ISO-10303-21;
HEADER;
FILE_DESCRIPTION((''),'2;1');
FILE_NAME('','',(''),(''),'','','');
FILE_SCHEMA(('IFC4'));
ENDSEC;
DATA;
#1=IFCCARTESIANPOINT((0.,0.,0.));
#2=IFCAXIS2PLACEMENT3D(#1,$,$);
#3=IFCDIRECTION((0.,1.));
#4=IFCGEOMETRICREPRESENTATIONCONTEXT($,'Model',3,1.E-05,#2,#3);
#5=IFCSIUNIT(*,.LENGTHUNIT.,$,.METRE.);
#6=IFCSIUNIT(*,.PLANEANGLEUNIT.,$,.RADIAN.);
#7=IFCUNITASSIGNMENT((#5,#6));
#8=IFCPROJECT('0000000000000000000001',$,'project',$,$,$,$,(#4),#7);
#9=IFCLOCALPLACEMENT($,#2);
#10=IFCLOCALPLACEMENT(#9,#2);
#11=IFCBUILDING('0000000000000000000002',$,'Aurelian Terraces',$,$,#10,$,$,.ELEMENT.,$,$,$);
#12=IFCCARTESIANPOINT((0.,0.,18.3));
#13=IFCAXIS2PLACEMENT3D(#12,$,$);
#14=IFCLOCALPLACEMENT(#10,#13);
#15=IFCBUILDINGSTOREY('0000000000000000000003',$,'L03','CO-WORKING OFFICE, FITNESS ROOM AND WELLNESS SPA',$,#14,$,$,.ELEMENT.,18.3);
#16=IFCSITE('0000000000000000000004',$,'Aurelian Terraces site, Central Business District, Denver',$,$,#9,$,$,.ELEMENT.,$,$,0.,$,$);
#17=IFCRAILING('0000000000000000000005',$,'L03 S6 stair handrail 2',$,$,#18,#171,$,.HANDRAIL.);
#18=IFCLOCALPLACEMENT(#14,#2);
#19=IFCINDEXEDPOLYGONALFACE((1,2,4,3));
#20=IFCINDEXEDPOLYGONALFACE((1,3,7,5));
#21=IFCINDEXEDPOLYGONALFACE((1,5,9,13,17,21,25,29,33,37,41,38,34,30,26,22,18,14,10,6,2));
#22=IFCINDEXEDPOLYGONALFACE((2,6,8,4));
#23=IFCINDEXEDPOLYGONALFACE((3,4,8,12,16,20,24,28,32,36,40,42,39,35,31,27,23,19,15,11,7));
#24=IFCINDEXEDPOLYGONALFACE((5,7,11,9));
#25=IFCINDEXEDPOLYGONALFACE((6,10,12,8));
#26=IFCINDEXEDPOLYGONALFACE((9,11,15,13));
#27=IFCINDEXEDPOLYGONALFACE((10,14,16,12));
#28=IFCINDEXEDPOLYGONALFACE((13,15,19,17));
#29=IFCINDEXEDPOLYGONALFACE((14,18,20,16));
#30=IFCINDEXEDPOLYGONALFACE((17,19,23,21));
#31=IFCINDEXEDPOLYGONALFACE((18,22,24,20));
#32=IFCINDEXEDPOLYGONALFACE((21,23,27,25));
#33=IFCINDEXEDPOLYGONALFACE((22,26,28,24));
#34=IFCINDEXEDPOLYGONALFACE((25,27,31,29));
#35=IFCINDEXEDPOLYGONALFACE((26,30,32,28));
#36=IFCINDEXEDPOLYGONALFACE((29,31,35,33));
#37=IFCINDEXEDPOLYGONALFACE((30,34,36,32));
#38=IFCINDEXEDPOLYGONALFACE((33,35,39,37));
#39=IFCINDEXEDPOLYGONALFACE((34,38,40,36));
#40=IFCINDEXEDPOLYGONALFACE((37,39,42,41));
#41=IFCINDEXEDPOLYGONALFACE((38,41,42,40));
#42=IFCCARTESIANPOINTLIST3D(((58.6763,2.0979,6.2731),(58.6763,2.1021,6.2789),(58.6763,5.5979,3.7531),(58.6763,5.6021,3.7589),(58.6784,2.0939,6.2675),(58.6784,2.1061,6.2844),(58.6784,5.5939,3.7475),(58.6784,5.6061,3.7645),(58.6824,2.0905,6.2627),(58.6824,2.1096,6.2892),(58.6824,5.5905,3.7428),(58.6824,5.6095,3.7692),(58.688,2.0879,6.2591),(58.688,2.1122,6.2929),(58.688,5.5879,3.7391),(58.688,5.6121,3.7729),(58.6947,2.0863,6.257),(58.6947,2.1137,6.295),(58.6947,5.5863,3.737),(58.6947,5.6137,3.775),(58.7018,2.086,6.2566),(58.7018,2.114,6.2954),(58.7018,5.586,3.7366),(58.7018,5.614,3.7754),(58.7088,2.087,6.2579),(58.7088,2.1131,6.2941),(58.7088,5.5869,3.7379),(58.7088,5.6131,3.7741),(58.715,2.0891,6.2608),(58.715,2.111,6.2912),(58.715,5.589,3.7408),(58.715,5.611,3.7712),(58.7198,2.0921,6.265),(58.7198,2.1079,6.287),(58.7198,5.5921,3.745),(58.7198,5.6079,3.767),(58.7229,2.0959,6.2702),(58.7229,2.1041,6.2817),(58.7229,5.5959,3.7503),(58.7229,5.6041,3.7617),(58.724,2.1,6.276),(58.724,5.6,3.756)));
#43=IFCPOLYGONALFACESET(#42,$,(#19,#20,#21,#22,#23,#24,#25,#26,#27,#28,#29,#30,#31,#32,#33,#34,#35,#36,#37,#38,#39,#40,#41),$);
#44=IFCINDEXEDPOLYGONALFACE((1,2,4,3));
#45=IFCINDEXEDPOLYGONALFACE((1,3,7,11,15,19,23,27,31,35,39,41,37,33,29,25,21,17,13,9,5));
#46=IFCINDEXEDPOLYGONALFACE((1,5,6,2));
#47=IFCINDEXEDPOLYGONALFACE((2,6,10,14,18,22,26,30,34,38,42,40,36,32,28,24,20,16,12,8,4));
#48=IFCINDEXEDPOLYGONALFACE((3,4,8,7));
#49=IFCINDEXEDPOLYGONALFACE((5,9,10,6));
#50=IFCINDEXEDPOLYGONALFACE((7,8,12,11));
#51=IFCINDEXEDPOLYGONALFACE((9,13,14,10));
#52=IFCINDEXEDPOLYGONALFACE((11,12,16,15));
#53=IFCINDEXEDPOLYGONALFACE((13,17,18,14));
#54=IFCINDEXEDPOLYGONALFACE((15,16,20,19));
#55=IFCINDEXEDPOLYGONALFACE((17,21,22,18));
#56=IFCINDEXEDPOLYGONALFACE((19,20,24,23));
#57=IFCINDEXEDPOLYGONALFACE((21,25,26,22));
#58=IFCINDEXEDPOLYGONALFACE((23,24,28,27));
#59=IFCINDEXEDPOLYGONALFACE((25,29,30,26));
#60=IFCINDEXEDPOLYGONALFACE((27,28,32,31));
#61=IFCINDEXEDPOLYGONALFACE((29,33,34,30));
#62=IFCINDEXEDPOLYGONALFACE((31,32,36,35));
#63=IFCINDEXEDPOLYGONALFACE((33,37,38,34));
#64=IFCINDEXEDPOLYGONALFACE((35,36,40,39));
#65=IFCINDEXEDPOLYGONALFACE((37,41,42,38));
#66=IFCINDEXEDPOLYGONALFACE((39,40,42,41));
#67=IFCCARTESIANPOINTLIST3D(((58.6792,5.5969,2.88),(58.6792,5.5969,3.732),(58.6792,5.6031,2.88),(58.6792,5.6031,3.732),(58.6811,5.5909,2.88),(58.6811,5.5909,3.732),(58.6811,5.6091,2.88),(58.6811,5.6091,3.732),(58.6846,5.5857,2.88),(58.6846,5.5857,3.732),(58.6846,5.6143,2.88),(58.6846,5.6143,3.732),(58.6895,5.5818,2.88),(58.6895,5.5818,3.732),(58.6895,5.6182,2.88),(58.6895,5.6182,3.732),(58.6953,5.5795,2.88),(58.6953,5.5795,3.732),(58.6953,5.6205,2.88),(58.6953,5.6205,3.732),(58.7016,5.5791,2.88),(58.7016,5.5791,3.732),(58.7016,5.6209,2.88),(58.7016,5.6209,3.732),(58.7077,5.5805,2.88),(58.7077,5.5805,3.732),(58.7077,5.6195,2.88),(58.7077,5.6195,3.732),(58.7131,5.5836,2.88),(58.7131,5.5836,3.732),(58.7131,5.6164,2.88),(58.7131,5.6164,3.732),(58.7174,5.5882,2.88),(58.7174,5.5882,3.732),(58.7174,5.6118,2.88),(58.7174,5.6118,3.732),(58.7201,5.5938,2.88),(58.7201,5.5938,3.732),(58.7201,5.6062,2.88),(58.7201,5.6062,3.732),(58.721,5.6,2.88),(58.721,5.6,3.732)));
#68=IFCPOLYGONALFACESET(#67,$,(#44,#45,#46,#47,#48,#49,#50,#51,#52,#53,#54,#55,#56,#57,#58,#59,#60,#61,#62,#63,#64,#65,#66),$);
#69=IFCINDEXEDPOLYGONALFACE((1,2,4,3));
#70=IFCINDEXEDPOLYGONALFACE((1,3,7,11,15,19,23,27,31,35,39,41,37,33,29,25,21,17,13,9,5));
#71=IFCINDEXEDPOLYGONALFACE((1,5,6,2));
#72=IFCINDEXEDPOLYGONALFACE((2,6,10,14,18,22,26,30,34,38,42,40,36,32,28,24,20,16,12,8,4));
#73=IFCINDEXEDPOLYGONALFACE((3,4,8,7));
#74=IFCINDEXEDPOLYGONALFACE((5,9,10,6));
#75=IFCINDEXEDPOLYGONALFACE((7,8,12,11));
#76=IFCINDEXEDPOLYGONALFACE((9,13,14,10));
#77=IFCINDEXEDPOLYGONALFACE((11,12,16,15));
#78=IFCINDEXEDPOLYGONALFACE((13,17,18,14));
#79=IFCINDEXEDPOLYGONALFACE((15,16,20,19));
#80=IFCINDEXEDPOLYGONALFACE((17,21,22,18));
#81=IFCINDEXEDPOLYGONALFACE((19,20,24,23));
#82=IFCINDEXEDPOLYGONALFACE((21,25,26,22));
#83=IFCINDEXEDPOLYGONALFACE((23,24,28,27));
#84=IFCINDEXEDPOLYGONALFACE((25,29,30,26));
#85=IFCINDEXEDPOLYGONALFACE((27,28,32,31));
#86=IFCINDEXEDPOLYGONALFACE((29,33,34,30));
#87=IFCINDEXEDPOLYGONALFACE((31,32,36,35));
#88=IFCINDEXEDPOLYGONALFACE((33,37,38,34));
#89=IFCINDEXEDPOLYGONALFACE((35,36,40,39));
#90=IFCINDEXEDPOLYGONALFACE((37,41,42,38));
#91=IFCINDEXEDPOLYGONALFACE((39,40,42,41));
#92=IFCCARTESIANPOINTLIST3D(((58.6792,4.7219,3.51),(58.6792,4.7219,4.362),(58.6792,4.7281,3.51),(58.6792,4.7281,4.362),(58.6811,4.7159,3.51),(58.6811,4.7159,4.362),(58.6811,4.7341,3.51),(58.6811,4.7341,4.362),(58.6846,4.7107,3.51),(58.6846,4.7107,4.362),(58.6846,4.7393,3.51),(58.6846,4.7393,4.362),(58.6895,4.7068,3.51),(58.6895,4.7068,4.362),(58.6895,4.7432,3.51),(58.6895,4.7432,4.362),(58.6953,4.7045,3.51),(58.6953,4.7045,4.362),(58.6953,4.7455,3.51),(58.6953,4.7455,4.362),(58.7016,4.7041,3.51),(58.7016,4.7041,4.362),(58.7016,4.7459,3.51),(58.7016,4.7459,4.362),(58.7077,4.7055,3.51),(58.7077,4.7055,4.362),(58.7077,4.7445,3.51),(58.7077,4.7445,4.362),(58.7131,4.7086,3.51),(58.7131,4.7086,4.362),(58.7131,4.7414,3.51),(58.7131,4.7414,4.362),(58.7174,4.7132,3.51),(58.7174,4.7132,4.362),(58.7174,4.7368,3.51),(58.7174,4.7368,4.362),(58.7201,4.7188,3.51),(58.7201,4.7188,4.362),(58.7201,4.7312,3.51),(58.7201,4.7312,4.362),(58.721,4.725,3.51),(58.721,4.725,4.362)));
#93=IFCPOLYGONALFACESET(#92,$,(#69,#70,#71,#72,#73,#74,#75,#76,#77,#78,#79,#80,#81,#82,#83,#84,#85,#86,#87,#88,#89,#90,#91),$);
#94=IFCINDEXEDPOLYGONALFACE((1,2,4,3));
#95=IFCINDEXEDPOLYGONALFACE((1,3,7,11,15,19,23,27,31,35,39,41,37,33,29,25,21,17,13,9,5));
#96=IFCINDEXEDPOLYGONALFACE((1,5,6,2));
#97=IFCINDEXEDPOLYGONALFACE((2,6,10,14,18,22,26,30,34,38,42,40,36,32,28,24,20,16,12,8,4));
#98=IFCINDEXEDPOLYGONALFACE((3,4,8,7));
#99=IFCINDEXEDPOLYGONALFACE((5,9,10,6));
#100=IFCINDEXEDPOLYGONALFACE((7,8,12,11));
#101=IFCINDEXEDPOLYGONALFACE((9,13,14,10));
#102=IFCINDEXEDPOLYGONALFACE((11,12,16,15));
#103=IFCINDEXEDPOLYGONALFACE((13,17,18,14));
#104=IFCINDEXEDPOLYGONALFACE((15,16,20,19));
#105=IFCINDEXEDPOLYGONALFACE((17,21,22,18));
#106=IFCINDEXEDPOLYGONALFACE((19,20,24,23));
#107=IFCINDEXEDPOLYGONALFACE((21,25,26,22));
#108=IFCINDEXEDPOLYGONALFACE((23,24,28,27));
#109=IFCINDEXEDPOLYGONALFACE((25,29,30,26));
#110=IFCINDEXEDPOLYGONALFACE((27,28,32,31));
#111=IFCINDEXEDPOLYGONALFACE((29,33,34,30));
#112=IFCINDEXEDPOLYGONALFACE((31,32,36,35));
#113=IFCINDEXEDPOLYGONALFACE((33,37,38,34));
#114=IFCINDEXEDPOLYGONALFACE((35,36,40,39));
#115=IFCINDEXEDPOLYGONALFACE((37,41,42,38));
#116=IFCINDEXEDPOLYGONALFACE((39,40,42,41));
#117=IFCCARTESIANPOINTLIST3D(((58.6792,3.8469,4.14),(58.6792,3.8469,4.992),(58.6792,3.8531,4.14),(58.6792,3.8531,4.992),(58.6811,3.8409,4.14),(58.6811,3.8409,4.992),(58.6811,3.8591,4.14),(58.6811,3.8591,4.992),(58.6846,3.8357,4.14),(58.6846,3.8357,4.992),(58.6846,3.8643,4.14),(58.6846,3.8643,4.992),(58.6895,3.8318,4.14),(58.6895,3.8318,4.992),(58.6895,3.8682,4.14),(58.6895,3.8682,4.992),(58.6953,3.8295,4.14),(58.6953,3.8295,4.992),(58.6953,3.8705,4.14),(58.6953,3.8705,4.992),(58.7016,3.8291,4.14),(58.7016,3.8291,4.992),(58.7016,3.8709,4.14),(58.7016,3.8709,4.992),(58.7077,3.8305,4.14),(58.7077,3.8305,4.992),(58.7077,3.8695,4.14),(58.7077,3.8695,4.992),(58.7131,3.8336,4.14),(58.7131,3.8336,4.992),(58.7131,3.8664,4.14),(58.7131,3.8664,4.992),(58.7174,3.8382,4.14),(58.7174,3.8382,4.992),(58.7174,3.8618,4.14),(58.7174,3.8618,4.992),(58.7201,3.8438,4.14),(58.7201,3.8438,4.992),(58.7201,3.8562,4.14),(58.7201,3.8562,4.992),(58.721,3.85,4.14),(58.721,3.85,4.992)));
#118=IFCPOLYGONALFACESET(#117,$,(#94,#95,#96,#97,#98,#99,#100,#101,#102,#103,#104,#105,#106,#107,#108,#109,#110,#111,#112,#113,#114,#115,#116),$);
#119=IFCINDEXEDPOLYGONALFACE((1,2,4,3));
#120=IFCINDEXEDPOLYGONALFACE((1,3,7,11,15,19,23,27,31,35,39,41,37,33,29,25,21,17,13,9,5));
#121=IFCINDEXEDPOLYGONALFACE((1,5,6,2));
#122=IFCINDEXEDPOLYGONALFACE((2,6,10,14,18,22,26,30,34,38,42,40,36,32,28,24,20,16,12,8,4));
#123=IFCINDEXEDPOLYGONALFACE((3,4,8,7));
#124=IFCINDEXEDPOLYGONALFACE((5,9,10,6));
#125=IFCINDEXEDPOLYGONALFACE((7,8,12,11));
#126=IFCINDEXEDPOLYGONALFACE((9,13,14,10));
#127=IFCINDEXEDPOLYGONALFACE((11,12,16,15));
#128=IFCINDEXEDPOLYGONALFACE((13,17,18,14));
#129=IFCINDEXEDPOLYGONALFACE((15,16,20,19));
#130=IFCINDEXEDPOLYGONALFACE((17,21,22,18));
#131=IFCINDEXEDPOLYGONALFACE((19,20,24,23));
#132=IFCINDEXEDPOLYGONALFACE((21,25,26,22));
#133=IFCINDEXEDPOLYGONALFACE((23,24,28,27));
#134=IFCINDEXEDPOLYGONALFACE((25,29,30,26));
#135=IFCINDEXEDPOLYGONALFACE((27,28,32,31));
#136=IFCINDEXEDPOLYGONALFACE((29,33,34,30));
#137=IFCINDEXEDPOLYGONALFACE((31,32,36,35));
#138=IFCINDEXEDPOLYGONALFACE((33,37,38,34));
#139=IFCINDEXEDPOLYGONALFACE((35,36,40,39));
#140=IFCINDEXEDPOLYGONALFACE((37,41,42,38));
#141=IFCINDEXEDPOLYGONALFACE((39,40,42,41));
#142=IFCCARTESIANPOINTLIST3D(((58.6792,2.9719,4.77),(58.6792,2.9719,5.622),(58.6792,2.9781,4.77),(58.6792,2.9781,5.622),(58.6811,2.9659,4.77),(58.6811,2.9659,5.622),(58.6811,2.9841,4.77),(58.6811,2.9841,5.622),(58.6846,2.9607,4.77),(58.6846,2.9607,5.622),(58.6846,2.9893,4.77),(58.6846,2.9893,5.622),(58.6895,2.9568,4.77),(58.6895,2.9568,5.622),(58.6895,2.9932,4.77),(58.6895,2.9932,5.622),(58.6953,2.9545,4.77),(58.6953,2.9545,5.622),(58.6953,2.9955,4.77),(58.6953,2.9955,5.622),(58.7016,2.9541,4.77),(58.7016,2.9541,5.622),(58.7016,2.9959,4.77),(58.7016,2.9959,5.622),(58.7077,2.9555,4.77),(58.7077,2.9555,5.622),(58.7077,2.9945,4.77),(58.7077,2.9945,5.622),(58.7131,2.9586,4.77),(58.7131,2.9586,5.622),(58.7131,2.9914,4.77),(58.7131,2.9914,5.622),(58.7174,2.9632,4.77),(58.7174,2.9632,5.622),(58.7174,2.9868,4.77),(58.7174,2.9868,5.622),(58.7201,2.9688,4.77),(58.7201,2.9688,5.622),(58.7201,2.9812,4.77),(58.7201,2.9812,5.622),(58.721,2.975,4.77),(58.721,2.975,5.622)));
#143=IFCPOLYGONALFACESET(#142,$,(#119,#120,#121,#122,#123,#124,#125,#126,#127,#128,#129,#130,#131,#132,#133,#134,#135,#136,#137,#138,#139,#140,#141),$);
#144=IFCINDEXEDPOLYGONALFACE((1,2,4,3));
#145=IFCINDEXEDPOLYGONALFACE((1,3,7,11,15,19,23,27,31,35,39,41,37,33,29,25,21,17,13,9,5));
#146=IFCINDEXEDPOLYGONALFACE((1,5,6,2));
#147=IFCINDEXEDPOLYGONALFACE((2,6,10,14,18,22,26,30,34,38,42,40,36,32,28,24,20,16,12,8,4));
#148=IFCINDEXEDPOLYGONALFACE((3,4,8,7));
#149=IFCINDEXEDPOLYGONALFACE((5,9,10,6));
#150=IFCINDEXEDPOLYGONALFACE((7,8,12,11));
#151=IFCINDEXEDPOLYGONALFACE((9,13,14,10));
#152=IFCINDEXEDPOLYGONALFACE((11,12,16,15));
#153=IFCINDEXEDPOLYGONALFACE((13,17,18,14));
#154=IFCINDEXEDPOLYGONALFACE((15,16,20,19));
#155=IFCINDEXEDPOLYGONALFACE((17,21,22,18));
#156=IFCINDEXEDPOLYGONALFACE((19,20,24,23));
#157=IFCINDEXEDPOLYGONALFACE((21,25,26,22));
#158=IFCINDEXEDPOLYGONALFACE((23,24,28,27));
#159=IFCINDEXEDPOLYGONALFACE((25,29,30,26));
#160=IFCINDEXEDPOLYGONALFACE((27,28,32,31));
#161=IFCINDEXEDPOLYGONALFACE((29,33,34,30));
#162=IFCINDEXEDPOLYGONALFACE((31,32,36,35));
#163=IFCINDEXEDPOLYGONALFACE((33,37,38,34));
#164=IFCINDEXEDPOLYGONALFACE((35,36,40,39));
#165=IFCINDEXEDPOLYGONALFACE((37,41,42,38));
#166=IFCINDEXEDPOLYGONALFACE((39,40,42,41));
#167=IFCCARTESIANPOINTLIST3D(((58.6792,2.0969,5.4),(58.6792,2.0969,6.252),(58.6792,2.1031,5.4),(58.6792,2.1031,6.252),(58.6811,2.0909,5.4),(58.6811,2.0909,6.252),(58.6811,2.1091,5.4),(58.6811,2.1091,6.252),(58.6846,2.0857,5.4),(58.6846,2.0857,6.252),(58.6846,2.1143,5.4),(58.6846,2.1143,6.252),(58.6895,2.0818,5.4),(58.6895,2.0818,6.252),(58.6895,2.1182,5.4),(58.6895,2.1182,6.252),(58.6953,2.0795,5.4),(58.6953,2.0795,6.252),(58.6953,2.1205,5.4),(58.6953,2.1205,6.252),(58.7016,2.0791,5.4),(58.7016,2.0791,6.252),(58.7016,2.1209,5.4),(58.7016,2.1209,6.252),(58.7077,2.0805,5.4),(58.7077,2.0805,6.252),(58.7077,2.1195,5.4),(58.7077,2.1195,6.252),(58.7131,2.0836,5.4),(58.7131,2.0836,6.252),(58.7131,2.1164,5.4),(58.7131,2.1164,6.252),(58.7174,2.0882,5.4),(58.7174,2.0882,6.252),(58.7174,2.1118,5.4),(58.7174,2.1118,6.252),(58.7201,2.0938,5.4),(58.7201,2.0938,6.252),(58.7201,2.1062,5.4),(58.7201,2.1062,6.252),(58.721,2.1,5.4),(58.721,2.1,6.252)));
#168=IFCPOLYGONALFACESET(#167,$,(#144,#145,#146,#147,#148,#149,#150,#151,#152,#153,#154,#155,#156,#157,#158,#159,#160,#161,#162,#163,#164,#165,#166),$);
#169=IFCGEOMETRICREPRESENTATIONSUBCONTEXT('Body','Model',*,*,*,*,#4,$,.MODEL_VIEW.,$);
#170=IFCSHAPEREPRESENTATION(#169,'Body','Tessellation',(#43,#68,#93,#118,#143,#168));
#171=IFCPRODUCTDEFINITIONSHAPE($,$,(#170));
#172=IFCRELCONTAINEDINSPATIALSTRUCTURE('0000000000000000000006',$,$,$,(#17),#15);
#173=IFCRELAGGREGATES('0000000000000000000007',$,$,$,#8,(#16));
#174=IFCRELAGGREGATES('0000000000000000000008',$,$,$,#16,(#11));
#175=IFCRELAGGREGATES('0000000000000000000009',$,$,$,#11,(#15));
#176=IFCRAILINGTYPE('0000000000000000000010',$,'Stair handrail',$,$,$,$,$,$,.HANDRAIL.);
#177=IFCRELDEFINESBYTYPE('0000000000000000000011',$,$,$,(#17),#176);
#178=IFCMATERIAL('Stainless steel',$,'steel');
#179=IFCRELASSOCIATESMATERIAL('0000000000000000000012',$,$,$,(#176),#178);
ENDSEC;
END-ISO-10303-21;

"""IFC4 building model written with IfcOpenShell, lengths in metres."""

from ifc_helpers import new_model, si_unit, direction, frame, origin, origin_2d, place, context, subcontext, project, spatial, circle, extrude, source, transform, mapped, material, type_object, element, save


model = new_model("IFC4")

# Units and contexts
model_context = context("Model", 3, precision=1e-05, world=origin(), true_north=direction((0.0, 1.0)))
body_context = subcontext(model_context, "Body", "Model", "MODEL_VIEW")
ifc_project = project(units=[si_unit("LENGTHUNIT", "METRE"), si_unit("PLANEANGLEUNIT", "RADIAN")], contexts=[model_context])

# Site, building, storey
site_placement = place(None, origin())
site = spatial("IfcSite", under=ifc_project, at=site_placement, Name="Aurelian Terraces site, Central Business District, Denver", CompositionType="ELEMENT", RefElevation=0.0)
building_placement = place(site_placement, origin())
building = spatial("IfcBuilding", under=site, at=building_placement, Name="Aurelian Terraces", CompositionType="ELEMENT")
storey_placement = place(building_placement, frame((0.0, 0.0, 18.3)))
storey = spatial("IfcBuildingStorey", under=building, at=storey_placement, Name="L03", Description="CO-WORKING OFFICE, FITNESS ROOM AND WELLNESS SPA", CompositionType="ELEMENT", Elevation=18.3)

# Railing
ifc_material_1 = material(Name="Stainless steel", Category="steel")
railing_type_1 = type_object("IfcRailingType", Name="Stair handrail", PredefinedType="HANDRAIL", material=ifc_material_1)
shared_shape_1 = source(origin(), body_context, "Body", "SweptSolid", [
    extrude(circle(Radius=0.024, at=origin_2d()), frame((0.0, 0.0, 0.876), z_axis=(0.0, -0.811534, 0.584305), x_axis=(1.0, 0.0, 0.0)), (0.0, 0.0, 1.0), 4.3128),
    extrude(circle(Radius=0.021, at=origin_2d()), origin(), (0.0, 0.0, 1.0), 0.852),
    extrude(circle(Radius=0.021, at=origin_2d()), frame((0.0, -0.875, 0.63)), (0.0, 0.0, 1.0), 0.852),
    extrude(circle(Radius=0.021, at=origin_2d()), frame((0.0, -1.75, 1.26)), (0.0, 0.0, 1.0), 0.852),
    extrude(circle(Radius=0.021, at=origin_2d()), frame((0.0, -2.625, 1.89)), (0.0, 0.0, 1.0), 0.852),
    extrude(circle(Radius=0.021, at=origin_2d()), frame((0.0, -3.5, 2.52)), (0.0, 0.0, 1.0), 0.852),
])
railing_1_placement = place(storey_placement, frame((58.7, 5.6, 2.88)))
element("IfcRailing", 1, at=railing_1_placement, inside=storey, type_object=railing_type_1, Name="L03 S6 stair handrail 2", PredefinedType="HANDRAIL", context=body_context, shape_type="MappedRepresentation", body=[
    mapped(shared_shape_1, transform((0.0, 0.0, 0.0), scale=1.0)),
])

save(model, "model.ifc")
